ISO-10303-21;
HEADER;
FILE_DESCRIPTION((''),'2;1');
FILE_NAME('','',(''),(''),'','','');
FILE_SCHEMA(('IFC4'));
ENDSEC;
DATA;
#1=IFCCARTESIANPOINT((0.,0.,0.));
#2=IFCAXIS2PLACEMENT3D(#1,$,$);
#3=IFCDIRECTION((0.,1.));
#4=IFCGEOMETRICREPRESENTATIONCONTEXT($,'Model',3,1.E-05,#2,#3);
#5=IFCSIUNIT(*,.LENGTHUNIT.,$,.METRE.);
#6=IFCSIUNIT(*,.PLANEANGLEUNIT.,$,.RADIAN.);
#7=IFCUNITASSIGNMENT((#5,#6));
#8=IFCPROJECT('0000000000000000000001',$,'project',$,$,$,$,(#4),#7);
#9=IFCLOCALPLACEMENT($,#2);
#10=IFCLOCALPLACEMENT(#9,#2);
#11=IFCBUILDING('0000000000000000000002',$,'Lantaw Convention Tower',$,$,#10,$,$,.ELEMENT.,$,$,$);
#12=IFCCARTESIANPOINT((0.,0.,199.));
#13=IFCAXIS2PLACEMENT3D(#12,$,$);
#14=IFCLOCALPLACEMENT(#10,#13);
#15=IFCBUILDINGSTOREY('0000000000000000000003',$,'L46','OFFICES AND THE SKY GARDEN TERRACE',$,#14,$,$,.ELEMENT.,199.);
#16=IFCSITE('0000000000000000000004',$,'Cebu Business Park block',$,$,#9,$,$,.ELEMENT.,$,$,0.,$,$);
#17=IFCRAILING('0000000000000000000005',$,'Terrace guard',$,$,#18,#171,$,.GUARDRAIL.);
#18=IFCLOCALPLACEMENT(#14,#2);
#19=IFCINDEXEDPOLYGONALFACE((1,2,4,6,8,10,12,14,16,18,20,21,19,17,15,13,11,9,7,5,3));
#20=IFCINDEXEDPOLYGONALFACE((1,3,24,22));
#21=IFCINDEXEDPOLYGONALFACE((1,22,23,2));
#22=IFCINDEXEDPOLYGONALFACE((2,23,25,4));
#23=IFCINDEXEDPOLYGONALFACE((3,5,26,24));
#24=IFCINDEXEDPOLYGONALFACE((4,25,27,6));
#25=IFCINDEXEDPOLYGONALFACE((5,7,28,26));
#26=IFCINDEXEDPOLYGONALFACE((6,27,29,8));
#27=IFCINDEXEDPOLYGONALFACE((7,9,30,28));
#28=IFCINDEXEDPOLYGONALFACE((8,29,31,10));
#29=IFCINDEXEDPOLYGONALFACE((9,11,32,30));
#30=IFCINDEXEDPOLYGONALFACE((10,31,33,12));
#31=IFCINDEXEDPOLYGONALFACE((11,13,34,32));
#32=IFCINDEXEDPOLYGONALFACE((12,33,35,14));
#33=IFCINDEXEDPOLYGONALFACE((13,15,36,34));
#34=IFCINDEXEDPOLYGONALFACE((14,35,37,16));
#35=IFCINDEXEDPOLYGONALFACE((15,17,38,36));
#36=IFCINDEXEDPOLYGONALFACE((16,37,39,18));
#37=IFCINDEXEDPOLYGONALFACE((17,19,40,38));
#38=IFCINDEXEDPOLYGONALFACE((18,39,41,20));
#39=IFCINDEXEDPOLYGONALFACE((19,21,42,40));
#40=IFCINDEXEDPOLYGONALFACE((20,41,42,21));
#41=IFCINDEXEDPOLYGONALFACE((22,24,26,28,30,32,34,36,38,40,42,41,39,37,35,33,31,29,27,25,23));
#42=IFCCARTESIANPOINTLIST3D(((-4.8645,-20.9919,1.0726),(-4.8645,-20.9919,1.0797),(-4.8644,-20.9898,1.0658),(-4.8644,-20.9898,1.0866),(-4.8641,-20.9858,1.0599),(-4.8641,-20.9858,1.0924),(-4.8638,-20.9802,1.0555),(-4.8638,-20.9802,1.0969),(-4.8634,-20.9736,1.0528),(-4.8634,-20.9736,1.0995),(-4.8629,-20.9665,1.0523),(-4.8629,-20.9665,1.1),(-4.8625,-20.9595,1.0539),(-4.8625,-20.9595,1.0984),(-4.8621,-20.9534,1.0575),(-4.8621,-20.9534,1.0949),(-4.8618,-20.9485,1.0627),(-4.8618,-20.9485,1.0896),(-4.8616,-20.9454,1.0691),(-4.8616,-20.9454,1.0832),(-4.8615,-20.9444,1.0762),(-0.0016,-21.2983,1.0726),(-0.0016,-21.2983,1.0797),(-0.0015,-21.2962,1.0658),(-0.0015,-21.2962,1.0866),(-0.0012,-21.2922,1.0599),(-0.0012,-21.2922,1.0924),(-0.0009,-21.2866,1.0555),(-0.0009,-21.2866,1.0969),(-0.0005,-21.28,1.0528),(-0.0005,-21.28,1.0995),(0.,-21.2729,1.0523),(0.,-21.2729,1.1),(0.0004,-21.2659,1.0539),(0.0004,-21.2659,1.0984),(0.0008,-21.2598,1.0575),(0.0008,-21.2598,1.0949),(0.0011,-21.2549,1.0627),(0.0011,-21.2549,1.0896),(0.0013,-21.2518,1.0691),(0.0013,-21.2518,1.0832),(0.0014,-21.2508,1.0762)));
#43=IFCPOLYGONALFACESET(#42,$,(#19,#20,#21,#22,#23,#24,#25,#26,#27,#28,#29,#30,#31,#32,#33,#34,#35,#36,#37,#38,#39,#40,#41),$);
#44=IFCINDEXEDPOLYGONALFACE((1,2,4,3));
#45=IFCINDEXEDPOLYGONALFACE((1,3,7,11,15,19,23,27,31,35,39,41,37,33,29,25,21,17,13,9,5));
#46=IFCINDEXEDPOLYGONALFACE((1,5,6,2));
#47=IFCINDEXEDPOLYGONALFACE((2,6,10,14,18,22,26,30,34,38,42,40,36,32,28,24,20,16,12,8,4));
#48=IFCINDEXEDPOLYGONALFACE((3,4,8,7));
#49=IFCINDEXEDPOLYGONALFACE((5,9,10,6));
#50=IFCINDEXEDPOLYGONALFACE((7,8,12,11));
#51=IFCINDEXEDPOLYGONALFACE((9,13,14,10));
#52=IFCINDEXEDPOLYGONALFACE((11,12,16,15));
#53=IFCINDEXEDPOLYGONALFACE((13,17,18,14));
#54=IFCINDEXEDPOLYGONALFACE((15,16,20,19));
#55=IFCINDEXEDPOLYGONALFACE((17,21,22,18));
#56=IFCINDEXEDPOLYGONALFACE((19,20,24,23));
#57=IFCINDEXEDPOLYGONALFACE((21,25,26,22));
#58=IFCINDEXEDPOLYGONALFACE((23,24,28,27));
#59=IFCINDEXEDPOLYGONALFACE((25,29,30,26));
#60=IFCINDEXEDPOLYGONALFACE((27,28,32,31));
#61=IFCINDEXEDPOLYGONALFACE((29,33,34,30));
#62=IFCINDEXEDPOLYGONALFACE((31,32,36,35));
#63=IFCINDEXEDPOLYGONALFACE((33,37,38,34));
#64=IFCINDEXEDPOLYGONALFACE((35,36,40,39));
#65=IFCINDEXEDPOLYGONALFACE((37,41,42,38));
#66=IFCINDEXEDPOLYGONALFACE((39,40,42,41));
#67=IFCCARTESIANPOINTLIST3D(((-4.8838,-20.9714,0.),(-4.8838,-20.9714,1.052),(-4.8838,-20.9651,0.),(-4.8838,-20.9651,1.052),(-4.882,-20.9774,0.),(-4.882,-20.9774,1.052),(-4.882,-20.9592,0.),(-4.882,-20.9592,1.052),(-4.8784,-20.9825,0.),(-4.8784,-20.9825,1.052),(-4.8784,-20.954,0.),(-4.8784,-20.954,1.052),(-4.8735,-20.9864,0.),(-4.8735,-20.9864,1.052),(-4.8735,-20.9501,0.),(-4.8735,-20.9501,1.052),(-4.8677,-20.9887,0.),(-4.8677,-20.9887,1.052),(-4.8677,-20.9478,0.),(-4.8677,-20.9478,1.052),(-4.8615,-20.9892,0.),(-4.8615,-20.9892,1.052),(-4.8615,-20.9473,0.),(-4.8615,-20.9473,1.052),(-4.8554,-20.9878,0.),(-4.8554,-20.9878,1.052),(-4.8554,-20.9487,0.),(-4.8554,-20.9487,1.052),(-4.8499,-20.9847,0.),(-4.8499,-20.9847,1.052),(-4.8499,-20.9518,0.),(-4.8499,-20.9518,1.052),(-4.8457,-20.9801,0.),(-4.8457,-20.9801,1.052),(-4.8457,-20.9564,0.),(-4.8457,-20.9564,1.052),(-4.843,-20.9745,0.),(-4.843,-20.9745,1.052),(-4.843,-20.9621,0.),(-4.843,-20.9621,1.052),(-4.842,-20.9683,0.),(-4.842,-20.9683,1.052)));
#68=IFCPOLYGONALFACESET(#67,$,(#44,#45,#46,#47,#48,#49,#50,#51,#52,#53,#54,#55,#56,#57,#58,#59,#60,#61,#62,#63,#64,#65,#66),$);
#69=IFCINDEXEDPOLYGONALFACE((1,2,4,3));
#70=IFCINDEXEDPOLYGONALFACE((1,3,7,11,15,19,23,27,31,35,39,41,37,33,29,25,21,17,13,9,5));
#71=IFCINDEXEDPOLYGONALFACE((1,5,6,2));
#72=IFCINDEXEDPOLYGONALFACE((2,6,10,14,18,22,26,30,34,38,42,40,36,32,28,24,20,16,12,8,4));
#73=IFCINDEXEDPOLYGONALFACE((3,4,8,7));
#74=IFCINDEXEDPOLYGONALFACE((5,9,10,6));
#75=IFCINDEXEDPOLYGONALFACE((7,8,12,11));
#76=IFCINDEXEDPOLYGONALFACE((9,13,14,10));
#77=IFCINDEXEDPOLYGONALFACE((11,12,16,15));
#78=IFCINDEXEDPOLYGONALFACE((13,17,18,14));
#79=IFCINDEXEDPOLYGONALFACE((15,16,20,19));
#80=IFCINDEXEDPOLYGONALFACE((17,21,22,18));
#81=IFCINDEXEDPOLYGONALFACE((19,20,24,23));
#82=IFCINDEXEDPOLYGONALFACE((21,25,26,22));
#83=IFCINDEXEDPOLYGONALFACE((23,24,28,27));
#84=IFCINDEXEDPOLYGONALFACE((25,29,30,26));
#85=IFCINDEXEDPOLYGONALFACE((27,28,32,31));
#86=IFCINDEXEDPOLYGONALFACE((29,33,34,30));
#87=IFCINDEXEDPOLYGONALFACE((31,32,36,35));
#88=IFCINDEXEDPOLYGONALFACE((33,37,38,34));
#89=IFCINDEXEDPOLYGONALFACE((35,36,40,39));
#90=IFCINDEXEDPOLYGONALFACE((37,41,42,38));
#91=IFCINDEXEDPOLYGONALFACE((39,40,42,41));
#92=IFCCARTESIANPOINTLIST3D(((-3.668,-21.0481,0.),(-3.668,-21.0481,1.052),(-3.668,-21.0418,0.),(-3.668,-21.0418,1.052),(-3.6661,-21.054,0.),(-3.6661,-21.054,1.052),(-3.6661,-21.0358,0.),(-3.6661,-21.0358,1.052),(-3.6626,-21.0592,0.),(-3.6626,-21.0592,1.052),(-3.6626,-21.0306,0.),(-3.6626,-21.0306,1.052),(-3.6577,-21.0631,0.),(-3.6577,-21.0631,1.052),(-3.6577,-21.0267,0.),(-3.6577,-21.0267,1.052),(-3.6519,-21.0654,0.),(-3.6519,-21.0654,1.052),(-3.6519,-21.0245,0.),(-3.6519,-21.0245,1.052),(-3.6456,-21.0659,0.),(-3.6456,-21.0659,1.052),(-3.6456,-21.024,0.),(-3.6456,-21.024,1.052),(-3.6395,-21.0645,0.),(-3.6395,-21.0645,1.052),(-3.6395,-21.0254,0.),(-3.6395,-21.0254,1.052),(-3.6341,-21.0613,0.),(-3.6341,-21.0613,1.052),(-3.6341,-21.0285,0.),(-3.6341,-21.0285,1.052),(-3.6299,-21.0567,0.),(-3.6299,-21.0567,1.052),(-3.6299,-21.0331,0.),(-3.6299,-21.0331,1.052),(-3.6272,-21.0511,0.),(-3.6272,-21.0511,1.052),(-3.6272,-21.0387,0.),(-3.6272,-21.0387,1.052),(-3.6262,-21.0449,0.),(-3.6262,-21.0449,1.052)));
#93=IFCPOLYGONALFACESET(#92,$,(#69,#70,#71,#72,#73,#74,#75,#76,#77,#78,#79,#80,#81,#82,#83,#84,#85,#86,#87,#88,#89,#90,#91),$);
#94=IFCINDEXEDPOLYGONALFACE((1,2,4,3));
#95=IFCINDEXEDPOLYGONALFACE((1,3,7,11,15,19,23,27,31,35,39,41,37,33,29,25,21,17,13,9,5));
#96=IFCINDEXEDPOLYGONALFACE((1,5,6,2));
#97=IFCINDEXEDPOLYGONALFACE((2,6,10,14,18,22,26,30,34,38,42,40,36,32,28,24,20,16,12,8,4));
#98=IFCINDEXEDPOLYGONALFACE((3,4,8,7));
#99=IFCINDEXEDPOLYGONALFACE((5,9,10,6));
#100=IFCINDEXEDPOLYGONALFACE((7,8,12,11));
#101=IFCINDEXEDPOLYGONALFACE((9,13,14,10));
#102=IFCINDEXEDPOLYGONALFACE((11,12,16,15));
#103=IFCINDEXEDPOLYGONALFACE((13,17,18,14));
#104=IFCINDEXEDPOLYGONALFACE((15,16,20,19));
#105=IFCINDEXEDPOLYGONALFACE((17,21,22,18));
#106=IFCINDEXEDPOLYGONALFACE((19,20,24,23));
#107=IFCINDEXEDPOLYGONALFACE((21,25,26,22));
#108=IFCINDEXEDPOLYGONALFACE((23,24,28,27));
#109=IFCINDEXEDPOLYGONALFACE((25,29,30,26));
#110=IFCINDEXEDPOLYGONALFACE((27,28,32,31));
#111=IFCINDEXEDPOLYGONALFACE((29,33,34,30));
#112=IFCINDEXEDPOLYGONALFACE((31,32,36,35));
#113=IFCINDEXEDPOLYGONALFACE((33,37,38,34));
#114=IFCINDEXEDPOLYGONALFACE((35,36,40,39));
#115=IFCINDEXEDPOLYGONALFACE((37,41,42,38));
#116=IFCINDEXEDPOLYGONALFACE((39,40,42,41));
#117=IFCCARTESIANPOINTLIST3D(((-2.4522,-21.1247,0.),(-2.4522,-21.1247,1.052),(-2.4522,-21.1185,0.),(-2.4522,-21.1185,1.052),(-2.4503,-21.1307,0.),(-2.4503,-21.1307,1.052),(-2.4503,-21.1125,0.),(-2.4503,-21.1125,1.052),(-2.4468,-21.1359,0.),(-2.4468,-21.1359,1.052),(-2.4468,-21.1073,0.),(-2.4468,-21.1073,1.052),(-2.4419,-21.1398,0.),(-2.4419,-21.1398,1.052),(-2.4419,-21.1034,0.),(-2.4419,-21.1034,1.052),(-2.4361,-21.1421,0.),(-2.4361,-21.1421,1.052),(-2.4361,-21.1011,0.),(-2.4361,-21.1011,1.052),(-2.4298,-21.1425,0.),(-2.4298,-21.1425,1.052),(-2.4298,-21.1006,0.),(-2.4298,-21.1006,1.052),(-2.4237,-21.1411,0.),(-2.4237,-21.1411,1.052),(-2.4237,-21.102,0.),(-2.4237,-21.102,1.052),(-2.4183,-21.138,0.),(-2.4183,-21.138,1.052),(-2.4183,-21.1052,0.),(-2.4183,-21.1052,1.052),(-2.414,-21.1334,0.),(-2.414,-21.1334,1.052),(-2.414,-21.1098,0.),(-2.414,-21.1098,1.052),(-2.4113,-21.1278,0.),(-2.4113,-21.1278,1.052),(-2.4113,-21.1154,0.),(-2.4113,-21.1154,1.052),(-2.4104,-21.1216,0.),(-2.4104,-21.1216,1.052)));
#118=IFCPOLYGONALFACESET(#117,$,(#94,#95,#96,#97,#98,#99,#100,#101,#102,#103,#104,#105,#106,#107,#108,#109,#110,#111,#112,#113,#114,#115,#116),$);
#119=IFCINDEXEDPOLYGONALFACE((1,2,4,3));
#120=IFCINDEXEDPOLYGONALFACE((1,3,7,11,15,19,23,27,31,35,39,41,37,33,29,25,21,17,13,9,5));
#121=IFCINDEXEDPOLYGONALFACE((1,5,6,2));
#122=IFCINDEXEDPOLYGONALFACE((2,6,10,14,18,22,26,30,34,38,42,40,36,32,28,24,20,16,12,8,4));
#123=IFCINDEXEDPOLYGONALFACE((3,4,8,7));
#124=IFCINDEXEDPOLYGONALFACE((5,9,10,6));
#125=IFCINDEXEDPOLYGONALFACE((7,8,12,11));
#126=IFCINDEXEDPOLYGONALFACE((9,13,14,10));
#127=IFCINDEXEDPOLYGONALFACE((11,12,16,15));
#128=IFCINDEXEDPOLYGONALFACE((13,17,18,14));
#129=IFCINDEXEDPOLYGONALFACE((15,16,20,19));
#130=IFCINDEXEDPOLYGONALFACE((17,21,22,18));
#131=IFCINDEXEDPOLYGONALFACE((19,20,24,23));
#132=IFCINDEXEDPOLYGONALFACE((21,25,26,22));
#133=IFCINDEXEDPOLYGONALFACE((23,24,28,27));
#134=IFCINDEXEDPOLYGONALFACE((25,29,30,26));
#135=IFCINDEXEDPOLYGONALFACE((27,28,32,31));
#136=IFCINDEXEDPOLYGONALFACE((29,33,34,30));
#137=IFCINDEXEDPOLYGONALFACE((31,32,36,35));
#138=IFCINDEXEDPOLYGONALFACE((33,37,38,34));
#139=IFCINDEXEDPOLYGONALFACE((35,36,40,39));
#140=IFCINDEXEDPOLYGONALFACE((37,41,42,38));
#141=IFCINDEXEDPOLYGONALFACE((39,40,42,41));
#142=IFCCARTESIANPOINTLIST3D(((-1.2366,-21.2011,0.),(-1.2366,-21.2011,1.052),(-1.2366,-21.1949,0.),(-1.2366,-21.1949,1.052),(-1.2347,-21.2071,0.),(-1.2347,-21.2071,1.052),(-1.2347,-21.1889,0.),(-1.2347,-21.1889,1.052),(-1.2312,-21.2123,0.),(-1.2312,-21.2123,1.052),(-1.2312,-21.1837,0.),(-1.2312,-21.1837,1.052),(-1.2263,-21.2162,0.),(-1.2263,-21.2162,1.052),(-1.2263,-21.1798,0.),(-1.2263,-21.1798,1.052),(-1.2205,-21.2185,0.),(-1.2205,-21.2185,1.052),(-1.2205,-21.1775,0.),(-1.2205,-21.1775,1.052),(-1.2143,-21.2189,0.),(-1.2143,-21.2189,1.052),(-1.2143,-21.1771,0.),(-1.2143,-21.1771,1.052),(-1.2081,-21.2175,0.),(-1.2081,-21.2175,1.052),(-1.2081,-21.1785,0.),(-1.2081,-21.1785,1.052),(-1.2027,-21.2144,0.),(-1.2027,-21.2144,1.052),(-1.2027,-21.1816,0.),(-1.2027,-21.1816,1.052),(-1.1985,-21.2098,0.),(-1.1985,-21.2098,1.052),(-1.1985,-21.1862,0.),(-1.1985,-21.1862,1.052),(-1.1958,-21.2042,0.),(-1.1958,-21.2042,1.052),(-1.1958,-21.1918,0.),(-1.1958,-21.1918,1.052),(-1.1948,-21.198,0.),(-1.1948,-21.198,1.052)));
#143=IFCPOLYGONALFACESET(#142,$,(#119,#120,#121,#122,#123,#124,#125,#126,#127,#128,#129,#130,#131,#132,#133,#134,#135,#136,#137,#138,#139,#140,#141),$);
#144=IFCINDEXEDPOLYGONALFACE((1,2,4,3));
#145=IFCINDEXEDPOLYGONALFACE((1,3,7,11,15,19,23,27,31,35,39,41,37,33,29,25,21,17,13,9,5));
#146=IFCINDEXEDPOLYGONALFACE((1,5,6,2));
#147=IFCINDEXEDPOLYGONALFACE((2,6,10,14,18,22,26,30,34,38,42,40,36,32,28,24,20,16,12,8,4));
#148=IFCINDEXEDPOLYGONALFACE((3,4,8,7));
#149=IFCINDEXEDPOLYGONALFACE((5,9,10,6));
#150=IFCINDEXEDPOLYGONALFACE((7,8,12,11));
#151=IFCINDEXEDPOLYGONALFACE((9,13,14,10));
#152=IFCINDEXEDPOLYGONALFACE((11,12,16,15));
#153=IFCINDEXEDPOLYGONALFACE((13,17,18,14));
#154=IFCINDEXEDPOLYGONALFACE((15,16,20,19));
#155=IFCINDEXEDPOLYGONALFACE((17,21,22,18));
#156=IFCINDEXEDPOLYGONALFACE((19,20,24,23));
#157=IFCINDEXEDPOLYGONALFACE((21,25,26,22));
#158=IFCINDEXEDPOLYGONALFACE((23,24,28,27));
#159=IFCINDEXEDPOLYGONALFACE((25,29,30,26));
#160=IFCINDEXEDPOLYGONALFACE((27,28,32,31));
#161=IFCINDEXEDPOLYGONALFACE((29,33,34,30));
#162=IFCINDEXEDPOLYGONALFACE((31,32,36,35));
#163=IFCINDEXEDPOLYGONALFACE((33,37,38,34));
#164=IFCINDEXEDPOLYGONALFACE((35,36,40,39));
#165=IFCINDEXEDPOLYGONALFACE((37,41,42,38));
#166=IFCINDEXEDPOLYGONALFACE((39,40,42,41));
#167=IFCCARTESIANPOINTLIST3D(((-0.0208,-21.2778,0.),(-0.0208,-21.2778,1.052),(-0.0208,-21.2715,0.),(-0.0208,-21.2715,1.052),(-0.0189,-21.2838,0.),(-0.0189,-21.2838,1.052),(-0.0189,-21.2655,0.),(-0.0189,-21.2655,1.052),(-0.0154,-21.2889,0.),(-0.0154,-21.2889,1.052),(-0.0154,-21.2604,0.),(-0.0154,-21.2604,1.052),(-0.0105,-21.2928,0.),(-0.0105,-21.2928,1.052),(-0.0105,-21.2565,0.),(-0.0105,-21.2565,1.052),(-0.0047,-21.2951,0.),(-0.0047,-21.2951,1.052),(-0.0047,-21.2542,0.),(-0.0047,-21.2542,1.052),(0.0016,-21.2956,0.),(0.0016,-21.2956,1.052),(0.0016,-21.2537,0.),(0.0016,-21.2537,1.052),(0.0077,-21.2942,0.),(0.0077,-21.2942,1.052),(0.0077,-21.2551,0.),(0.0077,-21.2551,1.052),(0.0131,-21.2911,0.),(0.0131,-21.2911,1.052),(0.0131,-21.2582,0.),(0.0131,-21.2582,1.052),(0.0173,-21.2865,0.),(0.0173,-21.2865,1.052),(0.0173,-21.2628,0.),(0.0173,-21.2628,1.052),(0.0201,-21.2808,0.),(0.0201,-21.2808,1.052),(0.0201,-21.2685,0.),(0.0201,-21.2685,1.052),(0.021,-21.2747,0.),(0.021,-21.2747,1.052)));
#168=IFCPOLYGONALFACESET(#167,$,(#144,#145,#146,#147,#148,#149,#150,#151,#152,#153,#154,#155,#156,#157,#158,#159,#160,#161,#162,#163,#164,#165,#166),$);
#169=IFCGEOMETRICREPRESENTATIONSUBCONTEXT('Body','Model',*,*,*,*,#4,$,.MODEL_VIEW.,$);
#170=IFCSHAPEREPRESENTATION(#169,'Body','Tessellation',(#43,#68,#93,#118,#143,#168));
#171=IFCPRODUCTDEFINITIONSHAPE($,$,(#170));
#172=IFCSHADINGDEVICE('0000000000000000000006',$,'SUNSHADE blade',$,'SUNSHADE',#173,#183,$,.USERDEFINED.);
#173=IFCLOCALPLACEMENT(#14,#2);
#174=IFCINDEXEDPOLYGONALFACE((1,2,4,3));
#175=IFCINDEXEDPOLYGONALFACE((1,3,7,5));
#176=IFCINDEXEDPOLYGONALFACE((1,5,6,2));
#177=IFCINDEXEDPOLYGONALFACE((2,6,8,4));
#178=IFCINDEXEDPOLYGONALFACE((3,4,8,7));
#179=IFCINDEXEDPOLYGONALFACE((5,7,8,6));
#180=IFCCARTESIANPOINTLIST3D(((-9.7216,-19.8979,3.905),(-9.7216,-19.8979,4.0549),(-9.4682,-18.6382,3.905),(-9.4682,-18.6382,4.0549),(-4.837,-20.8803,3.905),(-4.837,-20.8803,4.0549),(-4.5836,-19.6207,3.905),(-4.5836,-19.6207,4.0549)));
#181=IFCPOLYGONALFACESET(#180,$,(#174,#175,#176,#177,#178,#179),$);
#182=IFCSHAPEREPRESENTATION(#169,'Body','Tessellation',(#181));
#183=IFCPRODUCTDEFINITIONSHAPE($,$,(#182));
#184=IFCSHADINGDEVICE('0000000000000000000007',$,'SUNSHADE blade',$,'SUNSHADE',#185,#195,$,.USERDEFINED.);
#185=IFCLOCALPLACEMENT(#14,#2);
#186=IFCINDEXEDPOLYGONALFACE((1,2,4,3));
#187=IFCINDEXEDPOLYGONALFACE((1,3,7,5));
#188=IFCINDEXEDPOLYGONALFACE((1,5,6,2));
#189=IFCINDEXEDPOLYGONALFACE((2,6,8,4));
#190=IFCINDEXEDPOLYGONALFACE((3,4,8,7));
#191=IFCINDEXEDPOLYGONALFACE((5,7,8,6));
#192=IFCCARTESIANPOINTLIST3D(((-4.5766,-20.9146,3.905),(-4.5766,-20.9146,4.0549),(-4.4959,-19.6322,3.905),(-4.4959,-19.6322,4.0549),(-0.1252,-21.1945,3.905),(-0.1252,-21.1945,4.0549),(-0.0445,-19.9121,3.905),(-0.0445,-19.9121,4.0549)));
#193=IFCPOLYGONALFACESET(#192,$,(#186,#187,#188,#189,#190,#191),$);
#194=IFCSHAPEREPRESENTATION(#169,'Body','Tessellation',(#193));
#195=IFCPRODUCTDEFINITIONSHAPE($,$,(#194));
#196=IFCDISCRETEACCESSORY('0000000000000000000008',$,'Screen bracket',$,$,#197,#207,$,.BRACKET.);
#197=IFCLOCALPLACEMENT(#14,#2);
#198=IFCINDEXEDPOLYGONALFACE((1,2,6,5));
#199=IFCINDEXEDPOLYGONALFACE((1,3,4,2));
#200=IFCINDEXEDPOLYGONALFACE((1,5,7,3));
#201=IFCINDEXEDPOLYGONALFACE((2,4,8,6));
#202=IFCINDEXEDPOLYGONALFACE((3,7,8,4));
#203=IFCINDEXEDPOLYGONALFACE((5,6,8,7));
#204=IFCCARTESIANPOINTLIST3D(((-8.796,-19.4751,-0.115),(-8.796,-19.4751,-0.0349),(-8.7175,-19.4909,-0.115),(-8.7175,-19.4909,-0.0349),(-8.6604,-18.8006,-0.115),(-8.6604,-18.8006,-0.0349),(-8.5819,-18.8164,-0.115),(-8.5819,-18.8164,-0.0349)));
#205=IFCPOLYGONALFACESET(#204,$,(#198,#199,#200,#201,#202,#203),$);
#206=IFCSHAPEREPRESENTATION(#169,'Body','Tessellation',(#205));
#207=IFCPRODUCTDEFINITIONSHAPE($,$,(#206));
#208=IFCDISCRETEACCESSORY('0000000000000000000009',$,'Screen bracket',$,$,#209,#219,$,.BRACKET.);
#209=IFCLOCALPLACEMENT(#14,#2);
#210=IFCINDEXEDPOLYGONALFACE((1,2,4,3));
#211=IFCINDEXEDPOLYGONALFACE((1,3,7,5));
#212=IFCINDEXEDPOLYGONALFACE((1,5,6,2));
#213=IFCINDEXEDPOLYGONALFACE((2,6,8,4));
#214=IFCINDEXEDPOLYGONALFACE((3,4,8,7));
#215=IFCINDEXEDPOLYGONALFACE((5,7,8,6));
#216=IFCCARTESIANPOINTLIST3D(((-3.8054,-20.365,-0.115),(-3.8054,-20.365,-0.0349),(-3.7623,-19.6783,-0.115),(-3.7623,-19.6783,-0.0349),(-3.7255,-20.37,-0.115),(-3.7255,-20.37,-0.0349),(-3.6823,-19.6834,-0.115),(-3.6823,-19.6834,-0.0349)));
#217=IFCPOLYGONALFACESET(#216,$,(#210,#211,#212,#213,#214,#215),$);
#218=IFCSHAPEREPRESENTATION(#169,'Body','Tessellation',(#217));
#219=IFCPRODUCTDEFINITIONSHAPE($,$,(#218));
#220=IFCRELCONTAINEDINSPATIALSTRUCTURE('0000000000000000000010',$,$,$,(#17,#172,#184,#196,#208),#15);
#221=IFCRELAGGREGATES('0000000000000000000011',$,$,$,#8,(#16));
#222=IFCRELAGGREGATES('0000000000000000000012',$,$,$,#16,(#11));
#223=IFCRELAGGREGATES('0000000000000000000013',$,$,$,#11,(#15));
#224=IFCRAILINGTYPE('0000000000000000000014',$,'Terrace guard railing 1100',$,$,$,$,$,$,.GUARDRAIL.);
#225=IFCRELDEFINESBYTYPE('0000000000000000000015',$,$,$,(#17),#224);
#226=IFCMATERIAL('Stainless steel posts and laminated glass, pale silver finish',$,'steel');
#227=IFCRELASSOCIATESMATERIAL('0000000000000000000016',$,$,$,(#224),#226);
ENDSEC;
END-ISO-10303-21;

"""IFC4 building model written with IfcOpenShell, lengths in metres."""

from ifc_helpers import new_model, si_unit, direction, frame, origin, origin_2d, place, context, subcontext, project, spatial, rectangle, circle, extrude, material, type_object, element, save


model = new_model("IFC4")

# Units and contexts
model_context = context("Model", 3, precision=1e-05, world=origin(), true_north=direction((0.0, 1.0)))
body_context = subcontext(model_context, "Body", "Model", "MODEL_VIEW")
ifc_project = project(units=[si_unit("LENGTHUNIT", "METRE"), si_unit("PLANEANGLEUNIT", "RADIAN")], contexts=[model_context])

# Site, building, storey
site_placement = place(None, origin())
site = spatial("IfcSite", under=ifc_project, at=site_placement, Name="Cebu Business Park block", CompositionType="ELEMENT", RefElevation=0.0)
building_placement = place(site_placement, origin())
building = spatial("IfcBuilding", under=site, at=building_placement, Name="Lantaw Convention Tower", CompositionType="ELEMENT")
storey_placement = place(building_placement, frame((0.0, 0.0, 199.0)))
storey = spatial("IfcBuildingStorey", under=building, at=storey_placement, Name="L46", Description="OFFICES AND THE SKY GARDEN TERRACE", CompositionType="ELEMENT", Elevation=199.0)

# Railing
ifc_material_1 = material(Name="Stainless steel posts and laminated glass, pale silver finish", Category="steel")
railing_type = type_object("IfcRailingType", Name="Terrace guard railing 1100", PredefinedType="GUARDRAIL", material=ifc_material_1)
railing_1_placement = place(storey_placement, frame((-4.863, -20.9683, 0.0)))
element("IfcRailing", 1, at=railing_1_placement, inside=storey, type_object=railing_type, Name="Terrace guard", PredefinedType="GUARDRAIL", context=body_context, shape_type="SweptSolid", body=[
    extrude(circle(Radius=0.0239, at=origin_2d()), frame((0.0, 0.0, 1.0762), z_axis=(0.998021, -0.06288, 0.0), x_axis=(0.06288, 0.998021, 0.0)), (0.0, 0.0, 1.0), 4.8726),
    extrude(circle(Radius=0.021, at=origin_2d()), origin(), (0.0, 0.0, 1.0), 1.052),
    extrude(circle(Radius=0.021, at=origin_2d()), frame((1.2158, -0.0767, 0.0)), (0.0, 0.0, 1.0), 1.052),
    extrude(circle(Radius=0.021, at=origin_2d()), frame((2.4316, -0.1533, 0.0)), (0.0, 0.0, 1.0), 1.052),
    extrude(circle(Radius=0.021, at=origin_2d()), frame((3.6472, -0.2297, 0.0)), (0.0, 0.0, 1.0), 1.052),
    extrude(circle(Radius=0.021, at=origin_2d()), frame((4.863, -0.3064, 0.0)), (0.0, 0.0, 1.0), 1.052),
])

# Shading devices
shading_device_1_placement = place(storey_placement, frame((-7.1526, -19.7593, 3.905), z_axis=(0.0, 0.0, 1.0), x_axis=(0.980367, -0.197183, 0.0)))
element("IfcShadingDevice", 2, at=shading_device_1_placement, inside=storey, Name="SUNSHADE blade", ObjectType="SUNSHADE", PredefinedType="USERDEFINED", context=body_context, shape_type="SweptSolid", body=[
    extrude(rectangle(XDim=4.9824, YDim=1.2849, at=origin_2d()), origin(), (0.0, 0.0, 1.0), 0.1499),
])
shading_device_2_placement = place(storey_placement, frame((-2.3105, -20.4133, 3.905), z_axis=(0.0, 0.0, 1.0), x_axis=(0.998029, -0.062758, 0.0)))
element("IfcShadingDevice", 3, at=shading_device_2_placement, inside=storey, Name="SUNSHADE blade", ObjectType="SUNSHADE", PredefinedType="USERDEFINED", context=body_context, shape_type="SweptSolid", body=[
    extrude(rectangle(XDim=4.4602, YDim=1.2849, at=origin_2d()), origin(), (0.0, 0.0, 1.0), 0.1499),
])

# Discrete accessories
for number, where, z_axis, x_axis, name in (
    (4, (-8.689, -19.1458, -0.115), (0.0, 0.0, 1.0), (0.980367, -0.197183, 0.0), "Screen bracket"),
    (5, (-3.7439, -20.0242, -0.115), (0.0, 0.0, 1.0), (0.998029, -0.062758, 0.0), "Screen bracket"),
):
    element("IfcDiscreteAccessory", number, at=place(storey_placement, frame(where, z_axis=z_axis, x_axis=x_axis)), inside=storey, Name=name, PredefinedType="BRACKET", context=body_context, shape_type="SweptSolid", body=[
        extrude(rectangle(XDim=0.0801, YDim=0.688, at=origin_2d()), origin(), (0.0, 0.0, 1.0), 0.0801),
    ])

save(model, "model.ifc")
